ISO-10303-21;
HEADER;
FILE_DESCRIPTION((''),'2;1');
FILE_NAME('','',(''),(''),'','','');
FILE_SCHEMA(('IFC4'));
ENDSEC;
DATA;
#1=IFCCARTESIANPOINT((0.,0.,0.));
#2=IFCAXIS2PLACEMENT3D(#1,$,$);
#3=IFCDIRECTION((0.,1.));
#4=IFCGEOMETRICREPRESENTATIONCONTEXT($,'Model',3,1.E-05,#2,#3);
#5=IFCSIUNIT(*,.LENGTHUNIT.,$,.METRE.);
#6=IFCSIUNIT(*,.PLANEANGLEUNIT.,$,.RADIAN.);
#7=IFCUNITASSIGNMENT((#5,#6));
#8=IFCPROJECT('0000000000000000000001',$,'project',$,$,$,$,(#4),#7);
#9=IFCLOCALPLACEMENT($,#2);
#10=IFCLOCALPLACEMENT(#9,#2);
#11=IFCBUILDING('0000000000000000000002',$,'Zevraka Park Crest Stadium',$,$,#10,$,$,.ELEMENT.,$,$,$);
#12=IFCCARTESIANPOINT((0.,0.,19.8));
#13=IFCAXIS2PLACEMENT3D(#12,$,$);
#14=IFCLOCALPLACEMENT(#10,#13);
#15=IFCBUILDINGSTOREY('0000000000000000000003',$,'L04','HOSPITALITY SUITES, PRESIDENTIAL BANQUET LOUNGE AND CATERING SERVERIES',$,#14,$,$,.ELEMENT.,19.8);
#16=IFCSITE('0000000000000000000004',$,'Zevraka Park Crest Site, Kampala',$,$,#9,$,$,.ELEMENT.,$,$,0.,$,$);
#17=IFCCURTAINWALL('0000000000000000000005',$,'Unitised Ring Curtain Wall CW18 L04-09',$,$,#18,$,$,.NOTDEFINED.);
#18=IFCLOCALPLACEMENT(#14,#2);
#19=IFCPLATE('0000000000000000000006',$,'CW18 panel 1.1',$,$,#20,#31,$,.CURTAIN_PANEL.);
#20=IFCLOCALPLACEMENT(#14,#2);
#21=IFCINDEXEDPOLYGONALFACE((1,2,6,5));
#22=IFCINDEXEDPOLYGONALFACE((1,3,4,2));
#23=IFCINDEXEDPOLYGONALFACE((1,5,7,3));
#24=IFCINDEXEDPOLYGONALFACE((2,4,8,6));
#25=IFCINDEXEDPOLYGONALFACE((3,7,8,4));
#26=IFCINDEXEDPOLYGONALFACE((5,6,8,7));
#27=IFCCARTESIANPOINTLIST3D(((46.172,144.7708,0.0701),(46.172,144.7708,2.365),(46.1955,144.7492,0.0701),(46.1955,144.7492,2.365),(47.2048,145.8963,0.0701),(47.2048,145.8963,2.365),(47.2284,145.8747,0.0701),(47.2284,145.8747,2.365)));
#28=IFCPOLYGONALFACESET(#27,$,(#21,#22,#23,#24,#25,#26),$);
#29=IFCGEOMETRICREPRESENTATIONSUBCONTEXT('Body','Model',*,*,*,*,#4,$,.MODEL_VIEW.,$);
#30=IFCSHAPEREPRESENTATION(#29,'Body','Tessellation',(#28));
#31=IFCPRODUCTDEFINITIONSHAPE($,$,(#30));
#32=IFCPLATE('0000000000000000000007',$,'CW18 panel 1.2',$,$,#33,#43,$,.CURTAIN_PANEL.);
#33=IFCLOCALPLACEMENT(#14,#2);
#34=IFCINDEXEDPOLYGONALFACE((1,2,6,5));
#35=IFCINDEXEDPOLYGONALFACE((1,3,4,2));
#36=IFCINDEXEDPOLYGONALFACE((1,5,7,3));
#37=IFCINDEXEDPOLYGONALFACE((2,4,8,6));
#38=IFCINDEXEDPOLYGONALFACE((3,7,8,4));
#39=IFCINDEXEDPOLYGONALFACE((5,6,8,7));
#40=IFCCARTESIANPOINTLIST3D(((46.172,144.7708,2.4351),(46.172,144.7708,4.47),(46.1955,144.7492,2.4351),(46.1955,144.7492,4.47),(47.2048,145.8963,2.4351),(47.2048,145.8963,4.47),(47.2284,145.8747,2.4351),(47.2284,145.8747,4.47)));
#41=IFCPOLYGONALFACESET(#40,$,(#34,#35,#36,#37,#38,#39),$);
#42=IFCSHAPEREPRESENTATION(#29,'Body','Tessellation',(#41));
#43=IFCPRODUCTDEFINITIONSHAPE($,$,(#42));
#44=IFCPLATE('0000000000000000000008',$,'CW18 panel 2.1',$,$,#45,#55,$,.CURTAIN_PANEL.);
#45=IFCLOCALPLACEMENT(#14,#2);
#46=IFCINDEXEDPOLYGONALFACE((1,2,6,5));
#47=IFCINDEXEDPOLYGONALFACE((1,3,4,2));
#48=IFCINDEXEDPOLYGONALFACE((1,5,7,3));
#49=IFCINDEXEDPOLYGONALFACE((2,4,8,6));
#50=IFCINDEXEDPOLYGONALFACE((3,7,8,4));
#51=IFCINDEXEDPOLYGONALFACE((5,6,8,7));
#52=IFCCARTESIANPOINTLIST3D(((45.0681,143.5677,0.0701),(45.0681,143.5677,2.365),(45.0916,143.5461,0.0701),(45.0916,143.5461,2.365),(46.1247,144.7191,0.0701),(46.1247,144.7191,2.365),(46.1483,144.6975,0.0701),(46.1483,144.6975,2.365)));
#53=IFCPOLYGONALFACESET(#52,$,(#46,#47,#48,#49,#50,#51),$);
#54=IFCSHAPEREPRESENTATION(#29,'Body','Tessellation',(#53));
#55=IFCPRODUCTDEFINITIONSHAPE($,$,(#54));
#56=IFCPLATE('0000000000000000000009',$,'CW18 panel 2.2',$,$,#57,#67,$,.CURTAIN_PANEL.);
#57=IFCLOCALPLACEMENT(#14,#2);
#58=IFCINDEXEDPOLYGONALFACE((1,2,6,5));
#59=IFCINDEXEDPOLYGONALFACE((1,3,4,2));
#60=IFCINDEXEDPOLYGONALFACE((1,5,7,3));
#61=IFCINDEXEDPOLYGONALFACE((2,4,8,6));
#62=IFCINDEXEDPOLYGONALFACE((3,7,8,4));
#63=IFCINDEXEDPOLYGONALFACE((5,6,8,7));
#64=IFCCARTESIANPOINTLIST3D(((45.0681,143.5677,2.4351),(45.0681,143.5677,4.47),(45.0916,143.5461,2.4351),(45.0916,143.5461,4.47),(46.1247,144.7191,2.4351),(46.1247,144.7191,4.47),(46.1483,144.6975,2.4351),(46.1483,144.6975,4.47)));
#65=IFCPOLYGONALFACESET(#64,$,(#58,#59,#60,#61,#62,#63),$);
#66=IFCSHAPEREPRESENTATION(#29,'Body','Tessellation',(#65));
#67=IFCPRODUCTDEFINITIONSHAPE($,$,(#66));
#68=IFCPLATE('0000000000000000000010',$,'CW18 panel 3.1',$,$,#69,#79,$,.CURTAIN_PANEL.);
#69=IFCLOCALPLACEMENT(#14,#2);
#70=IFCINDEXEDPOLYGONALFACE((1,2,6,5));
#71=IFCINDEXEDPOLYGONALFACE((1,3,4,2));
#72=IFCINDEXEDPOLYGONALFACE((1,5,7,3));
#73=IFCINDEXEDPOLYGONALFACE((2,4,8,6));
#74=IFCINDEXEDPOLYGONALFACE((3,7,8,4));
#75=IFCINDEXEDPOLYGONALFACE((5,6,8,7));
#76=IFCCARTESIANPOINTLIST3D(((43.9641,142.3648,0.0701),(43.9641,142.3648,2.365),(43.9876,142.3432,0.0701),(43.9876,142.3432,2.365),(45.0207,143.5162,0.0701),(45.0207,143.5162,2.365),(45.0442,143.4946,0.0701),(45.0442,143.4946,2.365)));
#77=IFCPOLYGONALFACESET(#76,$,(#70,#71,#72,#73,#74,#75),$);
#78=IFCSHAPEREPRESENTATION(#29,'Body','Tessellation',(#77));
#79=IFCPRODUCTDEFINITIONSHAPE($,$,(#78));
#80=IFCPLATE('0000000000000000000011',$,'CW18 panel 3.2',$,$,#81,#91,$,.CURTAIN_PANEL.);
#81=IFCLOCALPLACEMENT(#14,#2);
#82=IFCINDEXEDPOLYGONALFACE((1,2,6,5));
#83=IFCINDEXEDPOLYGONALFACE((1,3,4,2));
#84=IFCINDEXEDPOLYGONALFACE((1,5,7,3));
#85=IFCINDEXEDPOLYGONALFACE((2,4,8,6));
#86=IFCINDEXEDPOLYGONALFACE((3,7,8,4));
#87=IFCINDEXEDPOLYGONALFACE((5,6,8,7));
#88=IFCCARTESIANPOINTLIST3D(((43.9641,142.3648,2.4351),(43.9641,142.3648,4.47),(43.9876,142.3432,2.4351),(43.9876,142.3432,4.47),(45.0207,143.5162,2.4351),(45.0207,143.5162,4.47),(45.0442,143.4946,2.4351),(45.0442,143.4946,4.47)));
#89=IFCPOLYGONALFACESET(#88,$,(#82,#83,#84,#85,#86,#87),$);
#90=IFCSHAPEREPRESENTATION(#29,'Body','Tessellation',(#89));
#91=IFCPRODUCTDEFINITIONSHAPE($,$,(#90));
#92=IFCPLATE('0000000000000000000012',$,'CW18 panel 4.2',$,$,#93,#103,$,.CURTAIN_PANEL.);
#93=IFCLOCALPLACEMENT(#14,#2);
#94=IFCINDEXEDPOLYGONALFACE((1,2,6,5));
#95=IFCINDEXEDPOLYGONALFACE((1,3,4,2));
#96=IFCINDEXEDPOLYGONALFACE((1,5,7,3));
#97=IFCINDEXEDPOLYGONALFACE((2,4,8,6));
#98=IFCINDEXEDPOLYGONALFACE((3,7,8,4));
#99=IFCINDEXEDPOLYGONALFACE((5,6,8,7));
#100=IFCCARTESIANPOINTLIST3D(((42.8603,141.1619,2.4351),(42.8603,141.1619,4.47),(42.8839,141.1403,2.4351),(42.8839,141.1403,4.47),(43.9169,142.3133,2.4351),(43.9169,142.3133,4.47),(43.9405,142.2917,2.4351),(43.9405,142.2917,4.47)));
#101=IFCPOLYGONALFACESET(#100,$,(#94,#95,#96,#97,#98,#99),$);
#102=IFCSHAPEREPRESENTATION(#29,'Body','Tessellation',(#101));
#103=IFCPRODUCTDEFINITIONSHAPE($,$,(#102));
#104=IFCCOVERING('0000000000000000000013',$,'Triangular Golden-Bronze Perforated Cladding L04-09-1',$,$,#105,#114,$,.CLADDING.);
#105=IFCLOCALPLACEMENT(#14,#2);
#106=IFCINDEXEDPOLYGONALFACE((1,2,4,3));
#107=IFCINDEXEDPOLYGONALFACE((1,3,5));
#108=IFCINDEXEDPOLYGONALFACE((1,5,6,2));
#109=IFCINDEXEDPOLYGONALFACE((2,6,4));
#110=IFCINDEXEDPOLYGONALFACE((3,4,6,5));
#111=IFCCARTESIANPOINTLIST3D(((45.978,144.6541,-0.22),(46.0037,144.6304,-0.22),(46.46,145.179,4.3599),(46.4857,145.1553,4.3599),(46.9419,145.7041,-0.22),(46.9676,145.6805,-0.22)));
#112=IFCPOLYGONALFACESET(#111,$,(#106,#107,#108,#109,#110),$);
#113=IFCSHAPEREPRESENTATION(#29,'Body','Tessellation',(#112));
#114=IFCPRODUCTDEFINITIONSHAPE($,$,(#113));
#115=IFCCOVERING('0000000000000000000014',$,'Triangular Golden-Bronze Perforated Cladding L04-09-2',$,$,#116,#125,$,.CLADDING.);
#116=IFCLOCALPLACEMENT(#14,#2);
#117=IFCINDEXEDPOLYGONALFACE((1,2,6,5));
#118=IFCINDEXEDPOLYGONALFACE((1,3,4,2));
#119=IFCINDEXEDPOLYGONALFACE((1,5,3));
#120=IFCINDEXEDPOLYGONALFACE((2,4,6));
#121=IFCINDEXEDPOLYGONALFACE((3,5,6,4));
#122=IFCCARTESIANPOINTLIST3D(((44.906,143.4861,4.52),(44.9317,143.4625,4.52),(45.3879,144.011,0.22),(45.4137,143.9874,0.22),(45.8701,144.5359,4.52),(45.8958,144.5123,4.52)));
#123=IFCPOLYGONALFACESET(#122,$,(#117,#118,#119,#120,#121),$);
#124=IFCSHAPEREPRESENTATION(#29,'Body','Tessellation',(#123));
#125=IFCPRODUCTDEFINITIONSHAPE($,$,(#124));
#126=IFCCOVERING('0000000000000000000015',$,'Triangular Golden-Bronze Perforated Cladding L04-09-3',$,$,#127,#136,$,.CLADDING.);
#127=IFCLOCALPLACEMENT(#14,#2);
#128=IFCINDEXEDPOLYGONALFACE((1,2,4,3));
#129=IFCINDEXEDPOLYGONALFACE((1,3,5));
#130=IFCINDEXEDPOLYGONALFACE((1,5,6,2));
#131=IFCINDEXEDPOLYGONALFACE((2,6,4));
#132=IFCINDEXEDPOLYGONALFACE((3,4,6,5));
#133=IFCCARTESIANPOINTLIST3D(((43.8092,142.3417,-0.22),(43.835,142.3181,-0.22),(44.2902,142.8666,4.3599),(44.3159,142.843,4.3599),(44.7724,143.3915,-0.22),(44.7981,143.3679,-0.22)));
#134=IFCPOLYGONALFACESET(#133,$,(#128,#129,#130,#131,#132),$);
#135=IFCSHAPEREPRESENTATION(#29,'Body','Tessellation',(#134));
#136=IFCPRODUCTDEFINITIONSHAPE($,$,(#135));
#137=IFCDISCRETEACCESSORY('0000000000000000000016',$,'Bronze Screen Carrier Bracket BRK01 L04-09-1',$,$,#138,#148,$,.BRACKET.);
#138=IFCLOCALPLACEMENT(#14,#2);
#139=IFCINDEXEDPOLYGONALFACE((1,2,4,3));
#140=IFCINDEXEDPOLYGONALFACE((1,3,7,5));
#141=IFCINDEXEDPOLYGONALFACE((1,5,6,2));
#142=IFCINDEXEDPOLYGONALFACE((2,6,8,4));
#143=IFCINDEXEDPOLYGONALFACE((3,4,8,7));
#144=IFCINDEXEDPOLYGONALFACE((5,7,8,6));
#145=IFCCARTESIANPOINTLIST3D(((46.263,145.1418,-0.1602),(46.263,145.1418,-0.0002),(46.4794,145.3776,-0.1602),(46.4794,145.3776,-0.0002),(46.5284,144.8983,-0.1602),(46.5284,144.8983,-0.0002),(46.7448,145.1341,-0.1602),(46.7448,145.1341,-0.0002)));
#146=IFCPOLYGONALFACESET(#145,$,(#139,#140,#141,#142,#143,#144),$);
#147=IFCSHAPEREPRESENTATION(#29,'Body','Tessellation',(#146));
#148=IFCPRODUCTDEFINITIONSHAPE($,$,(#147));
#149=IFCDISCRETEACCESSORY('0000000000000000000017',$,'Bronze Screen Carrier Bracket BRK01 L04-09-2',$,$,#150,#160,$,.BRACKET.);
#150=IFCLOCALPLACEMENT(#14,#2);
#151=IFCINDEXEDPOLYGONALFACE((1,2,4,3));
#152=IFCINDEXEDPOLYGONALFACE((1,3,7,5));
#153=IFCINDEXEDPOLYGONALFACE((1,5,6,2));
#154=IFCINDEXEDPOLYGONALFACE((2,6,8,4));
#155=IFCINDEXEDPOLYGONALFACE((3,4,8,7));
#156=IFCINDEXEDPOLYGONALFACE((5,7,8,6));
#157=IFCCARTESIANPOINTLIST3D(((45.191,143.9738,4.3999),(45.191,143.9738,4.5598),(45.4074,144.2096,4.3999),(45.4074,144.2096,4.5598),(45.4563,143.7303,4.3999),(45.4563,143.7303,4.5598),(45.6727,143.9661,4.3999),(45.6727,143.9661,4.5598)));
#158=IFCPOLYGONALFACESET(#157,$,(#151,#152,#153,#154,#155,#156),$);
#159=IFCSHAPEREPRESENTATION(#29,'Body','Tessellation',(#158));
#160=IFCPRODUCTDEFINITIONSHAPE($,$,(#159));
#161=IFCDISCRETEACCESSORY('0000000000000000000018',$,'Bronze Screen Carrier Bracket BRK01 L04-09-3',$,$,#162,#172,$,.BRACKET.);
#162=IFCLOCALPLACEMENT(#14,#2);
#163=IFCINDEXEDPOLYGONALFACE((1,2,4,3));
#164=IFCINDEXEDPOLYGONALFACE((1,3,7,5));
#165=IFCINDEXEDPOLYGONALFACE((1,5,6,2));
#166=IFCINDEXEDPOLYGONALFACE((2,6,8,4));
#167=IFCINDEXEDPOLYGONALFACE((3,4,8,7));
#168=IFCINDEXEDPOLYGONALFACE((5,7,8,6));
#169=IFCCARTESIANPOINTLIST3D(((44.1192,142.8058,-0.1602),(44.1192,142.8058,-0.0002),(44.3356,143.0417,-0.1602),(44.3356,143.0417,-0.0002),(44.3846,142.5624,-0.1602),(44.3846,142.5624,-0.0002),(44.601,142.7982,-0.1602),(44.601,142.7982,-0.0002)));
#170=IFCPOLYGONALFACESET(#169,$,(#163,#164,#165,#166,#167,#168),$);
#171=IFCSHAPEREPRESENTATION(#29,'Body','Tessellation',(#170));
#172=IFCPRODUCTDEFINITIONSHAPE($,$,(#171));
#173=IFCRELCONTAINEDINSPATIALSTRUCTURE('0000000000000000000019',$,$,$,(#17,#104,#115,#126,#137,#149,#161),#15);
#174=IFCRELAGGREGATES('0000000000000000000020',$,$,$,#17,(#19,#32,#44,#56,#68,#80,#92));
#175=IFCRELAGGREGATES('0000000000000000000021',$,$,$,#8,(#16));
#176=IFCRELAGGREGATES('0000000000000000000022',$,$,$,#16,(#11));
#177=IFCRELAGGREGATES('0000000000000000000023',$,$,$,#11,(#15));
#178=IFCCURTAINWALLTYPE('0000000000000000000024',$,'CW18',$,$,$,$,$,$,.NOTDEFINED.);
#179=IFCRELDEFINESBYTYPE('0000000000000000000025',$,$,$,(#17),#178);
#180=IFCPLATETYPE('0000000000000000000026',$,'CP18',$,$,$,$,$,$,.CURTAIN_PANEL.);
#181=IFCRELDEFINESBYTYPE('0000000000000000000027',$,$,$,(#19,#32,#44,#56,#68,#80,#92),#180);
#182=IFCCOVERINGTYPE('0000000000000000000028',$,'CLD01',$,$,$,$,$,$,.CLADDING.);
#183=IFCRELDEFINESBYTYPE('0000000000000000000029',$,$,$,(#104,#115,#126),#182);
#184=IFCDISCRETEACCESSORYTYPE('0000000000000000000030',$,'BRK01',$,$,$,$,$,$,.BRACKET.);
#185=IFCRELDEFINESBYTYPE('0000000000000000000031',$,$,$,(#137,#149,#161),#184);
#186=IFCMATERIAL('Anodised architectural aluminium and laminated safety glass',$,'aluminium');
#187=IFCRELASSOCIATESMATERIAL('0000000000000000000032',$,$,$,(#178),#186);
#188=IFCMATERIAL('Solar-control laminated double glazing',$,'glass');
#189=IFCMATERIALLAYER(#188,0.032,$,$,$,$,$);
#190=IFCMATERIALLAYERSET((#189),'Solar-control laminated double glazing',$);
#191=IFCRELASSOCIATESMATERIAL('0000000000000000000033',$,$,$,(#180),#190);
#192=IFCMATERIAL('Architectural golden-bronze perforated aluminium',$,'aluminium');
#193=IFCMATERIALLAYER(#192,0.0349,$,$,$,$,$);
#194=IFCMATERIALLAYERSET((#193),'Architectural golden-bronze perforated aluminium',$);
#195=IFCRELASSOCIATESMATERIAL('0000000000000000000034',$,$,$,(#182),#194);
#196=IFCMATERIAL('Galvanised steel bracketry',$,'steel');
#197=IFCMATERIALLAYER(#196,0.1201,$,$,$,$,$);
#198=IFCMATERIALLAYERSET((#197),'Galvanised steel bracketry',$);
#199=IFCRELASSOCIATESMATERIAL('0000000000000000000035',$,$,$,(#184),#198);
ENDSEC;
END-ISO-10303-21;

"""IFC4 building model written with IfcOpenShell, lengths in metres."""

from ifc_helpers import new_model, si_unit, direction, frame, origin, origin_2d, place, context, subcontext, project, spatial, polyline, rectangle, outline, extrude, material, layer, layer_set, type_object, element, aggregate, save


model = new_model("IFC4")

# Units and contexts
model_context = context("Model", 3, precision=1e-05, world=origin(), true_north=direction((0.0, 1.0)))
body_context = subcontext(model_context, "Body", "Model", "MODEL_VIEW")
ifc_project = project(units=[si_unit("LENGTHUNIT", "METRE"), si_unit("PLANEANGLEUNIT", "RADIAN")], contexts=[model_context])

# Site, building, storey
site_placement = place(None, origin())
site = spatial("IfcSite", under=ifc_project, at=site_placement, Name="Zevraka Park Crest Site, Kampala", CompositionType="ELEMENT", RefElevation=0.0)
building_placement = place(site_placement, origin())
building = spatial("IfcBuilding", under=site, at=building_placement, Name="Zevraka Park Crest Stadium", CompositionType="ELEMENT")
storey_placement = place(building_placement, frame((0.0, 0.0, 19.8)))
storey = spatial("IfcBuildingStorey", under=building, at=storey_placement, Name="L04", Description="HOSPITALITY SUITES, PRESIDENTIAL BANQUET LOUNGE AND CATERING SERVERIES", CompositionType="ELEMENT", Elevation=19.8)

# Curtain wall, plates
ifc_material_1 = material(Name="Anodised architectural aluminium and laminated safety glass", Category="aluminium")
curtain_wall_type = type_object("IfcCurtainWallType", Name="CW18", PredefinedType="NOTDEFINED", material=ifc_material_1)
curtain_wall_placement = place(storey_placement, origin())
curtain_wall = element("IfcCurtainWall", 1, at=curtain_wall_placement, inside=storey, type_object=curtain_wall_type, Name="Unitised Ring Curtain Wall CW18 L04-09", PredefinedType="NOTDEFINED")
ifc_material_2 = material(Name="Solar-control laminated double glazing", Category="glass")
ifc_layer_1 = layer(ifc_material_2, 0.032)
ifc_layer_set_1 = layer_set([ifc_layer_1], Name="Solar-control laminated double glazing")
plate_type = type_object("IfcPlateType", Name="CP18", PredefinedType="CURTAIN_PANEL", material=ifc_layer_set_1)
plate_1_placement = place(storey_placement, frame((46.7002, 145.3228, 0.0701), z_axis=(0.0, 0.0, 1.0), x_axis=(-0.676138, -0.736775, 0.0)))
plate_1 = element("IfcPlate", 2, at=plate_1_placement, type_object=plate_type, Name="CW18 panel 1.1", PredefinedType="CURTAIN_PANEL", context=body_context, shape_type="SweptSolid", body=[
    extrude(rectangle(XDim=1.5276, YDim=0.032, at=origin_2d()), origin(), (0.0, 0.0, 1.0), 2.2949),
])
plate_2_placement = place(storey_placement, frame((46.7002, 145.3228, 2.4351), z_axis=(0.0, 0.0, 1.0), x_axis=(-0.676138, -0.736775, 0.0)))
plate_2 = element("IfcPlate", 3, at=plate_2_placement, type_object=plate_type, Name="CW18 panel 1.2", PredefinedType="CURTAIN_PANEL", context=body_context, shape_type="SweptSolid", body=[
    extrude(rectangle(XDim=1.5276, YDim=0.032, at=origin_2d()), origin(), (0.0, 0.0, 1.0), 2.0349),
])
plate_3_placement = place(storey_placement, frame((45.6082, 144.1326, 0.0701), z_axis=(0.0, 0.0, 1.0), x_axis=(-0.676138, -0.736775, 0.0)))
plate_3 = element("IfcPlate", 4, at=plate_3_placement, type_object=plate_type, Name="CW18 panel 2.1", PredefinedType="CURTAIN_PANEL", context=body_context, shape_type="SweptSolid", body=[
    extrude(rectangle(XDim=1.5627, YDim=0.032, at=origin_2d()), origin(), (0.0, 0.0, 1.0), 2.2949),
])
plate_4_placement = place(storey_placement, frame((45.6082, 144.1326, 2.4351), z_axis=(0.0, 0.0, 1.0), x_axis=(-0.676138, -0.736775, 0.0)))
plate_4 = element("IfcPlate", 5, at=plate_4_placement, type_object=plate_type, Name="CW18 panel 2.2", PredefinedType="CURTAIN_PANEL", context=body_context, shape_type="SweptSolid", body=[
    extrude(rectangle(XDim=1.5627, YDim=0.032, at=origin_2d()), origin(), (0.0, 0.0, 1.0), 2.0349),
])
plate_5_placement = place(storey_placement, frame((44.5042, 142.9297, 0.0701), z_axis=(0.0, 0.0, 1.0), x_axis=(-0.676138, -0.736775, 0.0)))
plate_5 = element("IfcPlate", 6, at=plate_5_placement, type_object=plate_type, Name="CW18 panel 3.1", PredefinedType="CURTAIN_PANEL", context=body_context, shape_type="SweptSolid", body=[
    extrude(rectangle(XDim=1.5627, YDim=0.032, at=origin_2d()), origin(), (0.0, 0.0, 1.0), 2.2949),
])
plate_6_placement = place(storey_placement, frame((44.5042, 142.9297, 2.4351), z_axis=(0.0, 0.0, 1.0), x_axis=(-0.676138, -0.736775, 0.0)))
plate_6 = element("IfcPlate", 7, at=plate_6_placement, type_object=plate_type, Name="CW18 panel 3.2", PredefinedType="CURTAIN_PANEL", context=body_context, shape_type="SweptSolid", body=[
    extrude(rectangle(XDim=1.5627, YDim=0.032, at=origin_2d()), origin(), (0.0, 0.0, 1.0), 2.0349),
])
plate_7_placement = place(storey_placement, frame((43.4004, 141.7268, 2.4351), z_axis=(0.0, 0.0, 1.0), x_axis=(-0.676138, -0.736775, 0.0)))
plate_7 = element("IfcPlate", 8, at=plate_7_placement, type_object=plate_type, Name="CW18 panel 4.2", PredefinedType="CURTAIN_PANEL", context=body_context, shape_type="SweptSolid", body=[
    extrude(rectangle(XDim=1.5627, YDim=0.032, at=origin_2d()), origin(), (0.0, 0.0, 1.0), 2.0349),
])
aggregate(curtain_wall, [plate_1, plate_2, plate_3, plate_4, plate_5, plate_6, plate_7])

# Coverings
ifc_material_3 = material(Name="Architectural golden-bronze perforated aluminium", Category="aluminium")
ifc_layer_2 = layer(ifc_material_3, 0.0349)
ifc_layer_set_2 = layer_set([ifc_layer_2], Name="Architectural golden-bronze perforated aluminium")
covering_type = type_object("IfcCoveringType", Name="CLD01", PredefinedType="CLADDING", material=ifc_layer_set_2)
covering_1_placement = place(storey_placement, frame((46.9419, 145.7041, -0.22), z_axis=(-0.736692, 0.676229, 0.000018), x_axis=(-0.676229, -0.736692, 0.0)))
element("IfcCovering", 9, at=covering_1_placement, inside=storey, type_object=covering_type, Name="Triangular Golden-Bronze Perforated Cladding L04-09-1", PredefinedType="CLADDING", context=body_context, shape_type="SweptSolid", body=[
    extrude(outline(polyline([(0.0, 0.0), (1.4254, 0.0), (0.7128, 4.5798), (0.0, 0.0)])), origin(), (0.0, 0.0, -1.0), 0.0349),
])
covering_2_placement = place(storey_placement, frame((44.906, 143.4861, 4.52), z_axis=(-0.736528, 0.676407, 0.000021), x_axis=(0.676407, 0.736528, 0.0)))
element("IfcCovering", 10, at=covering_2_placement, inside=storey, type_object=covering_type, Name="Triangular Golden-Bronze Perforated Cladding L04-09-2", PredefinedType="CLADDING", context=body_context, shape_type="SweptSolid", body=[
    extrude(outline(polyline([(0.0, 0.0), (1.4253, 0.0), (0.7126, 4.3), (0.0, 0.0)])), origin(), (0.0, 0.0, -1.0), 0.0349),
])
covering_3_placement = place(storey_placement, frame((44.7981, 143.3679, -0.22), z_axis=(0.73687, -0.676035, 0.000098), x_axis=(-0.676035, -0.73687, 0.0)))
element("IfcCovering", 11, at=covering_3_placement, inside=storey, type_object=covering_type, Name="Triangular Golden-Bronze Perforated Cladding L04-09-3", PredefinedType="CLADDING", context=body_context, shape_type="SweptSolid", body=[
    extrude(outline(polyline([(0.0, 0.0), (1.4247, 0.0), (0.7128, -4.5798), (0.0, 0.0)])), origin(), (0.0, 0.0, -1.0), 0.0349),
])

# Discrete accessories
ifc_material_4 = material(Name="Galvanised steel bracketry", Category="steel")
ifc_layer_3 = layer(ifc_material_4, 0.1201)
ifc_layer_set_3 = layer_set([ifc_layer_3], Name="Galvanised steel bracketry")
discrete_accessory_type = type_object("IfcDiscreteAccessoryType", Name="BRK01", PredefinedType="BRACKET", material=ifc_layer_set_3)
for number, where, z_axis, x_axis, name in (
    (12, (46.5039, 145.1379, -0.1602), (0.0, 0.0, 1.0), (-0.676105, -0.736806, 0.0), "Bronze Screen Carrier Bracket BRK01 L04-09-1"),
    (13, (45.4319, 143.97, 4.3999), (0.0, 0.0, 1.0), (-0.676105, -0.736806, 0.0), "Bronze Screen Carrier Bracket BRK01 L04-09-2"),
    (14, (44.3601, 142.802, -0.1602), (0.0, 0.0, 1.0), (-0.676105, -0.736806, 0.0), "Bronze Screen Carrier Bracket BRK01 L04-09-3"),
):
    element("IfcDiscreteAccessory", number, at=place(storey_placement, frame(where, z_axis=z_axis, x_axis=x_axis)), inside=storey, type_object=discrete_accessory_type, Name=name, PredefinedType="BRACKET", context=body_context, shape_type="SweptSolid", body=[
        extrude(rectangle(XDim=0.3201, YDim=0.3601, at=origin_2d()), origin(), (0.0, 0.0, 1.0), 0.1599),
    ])

save(model, "model.ifc")
